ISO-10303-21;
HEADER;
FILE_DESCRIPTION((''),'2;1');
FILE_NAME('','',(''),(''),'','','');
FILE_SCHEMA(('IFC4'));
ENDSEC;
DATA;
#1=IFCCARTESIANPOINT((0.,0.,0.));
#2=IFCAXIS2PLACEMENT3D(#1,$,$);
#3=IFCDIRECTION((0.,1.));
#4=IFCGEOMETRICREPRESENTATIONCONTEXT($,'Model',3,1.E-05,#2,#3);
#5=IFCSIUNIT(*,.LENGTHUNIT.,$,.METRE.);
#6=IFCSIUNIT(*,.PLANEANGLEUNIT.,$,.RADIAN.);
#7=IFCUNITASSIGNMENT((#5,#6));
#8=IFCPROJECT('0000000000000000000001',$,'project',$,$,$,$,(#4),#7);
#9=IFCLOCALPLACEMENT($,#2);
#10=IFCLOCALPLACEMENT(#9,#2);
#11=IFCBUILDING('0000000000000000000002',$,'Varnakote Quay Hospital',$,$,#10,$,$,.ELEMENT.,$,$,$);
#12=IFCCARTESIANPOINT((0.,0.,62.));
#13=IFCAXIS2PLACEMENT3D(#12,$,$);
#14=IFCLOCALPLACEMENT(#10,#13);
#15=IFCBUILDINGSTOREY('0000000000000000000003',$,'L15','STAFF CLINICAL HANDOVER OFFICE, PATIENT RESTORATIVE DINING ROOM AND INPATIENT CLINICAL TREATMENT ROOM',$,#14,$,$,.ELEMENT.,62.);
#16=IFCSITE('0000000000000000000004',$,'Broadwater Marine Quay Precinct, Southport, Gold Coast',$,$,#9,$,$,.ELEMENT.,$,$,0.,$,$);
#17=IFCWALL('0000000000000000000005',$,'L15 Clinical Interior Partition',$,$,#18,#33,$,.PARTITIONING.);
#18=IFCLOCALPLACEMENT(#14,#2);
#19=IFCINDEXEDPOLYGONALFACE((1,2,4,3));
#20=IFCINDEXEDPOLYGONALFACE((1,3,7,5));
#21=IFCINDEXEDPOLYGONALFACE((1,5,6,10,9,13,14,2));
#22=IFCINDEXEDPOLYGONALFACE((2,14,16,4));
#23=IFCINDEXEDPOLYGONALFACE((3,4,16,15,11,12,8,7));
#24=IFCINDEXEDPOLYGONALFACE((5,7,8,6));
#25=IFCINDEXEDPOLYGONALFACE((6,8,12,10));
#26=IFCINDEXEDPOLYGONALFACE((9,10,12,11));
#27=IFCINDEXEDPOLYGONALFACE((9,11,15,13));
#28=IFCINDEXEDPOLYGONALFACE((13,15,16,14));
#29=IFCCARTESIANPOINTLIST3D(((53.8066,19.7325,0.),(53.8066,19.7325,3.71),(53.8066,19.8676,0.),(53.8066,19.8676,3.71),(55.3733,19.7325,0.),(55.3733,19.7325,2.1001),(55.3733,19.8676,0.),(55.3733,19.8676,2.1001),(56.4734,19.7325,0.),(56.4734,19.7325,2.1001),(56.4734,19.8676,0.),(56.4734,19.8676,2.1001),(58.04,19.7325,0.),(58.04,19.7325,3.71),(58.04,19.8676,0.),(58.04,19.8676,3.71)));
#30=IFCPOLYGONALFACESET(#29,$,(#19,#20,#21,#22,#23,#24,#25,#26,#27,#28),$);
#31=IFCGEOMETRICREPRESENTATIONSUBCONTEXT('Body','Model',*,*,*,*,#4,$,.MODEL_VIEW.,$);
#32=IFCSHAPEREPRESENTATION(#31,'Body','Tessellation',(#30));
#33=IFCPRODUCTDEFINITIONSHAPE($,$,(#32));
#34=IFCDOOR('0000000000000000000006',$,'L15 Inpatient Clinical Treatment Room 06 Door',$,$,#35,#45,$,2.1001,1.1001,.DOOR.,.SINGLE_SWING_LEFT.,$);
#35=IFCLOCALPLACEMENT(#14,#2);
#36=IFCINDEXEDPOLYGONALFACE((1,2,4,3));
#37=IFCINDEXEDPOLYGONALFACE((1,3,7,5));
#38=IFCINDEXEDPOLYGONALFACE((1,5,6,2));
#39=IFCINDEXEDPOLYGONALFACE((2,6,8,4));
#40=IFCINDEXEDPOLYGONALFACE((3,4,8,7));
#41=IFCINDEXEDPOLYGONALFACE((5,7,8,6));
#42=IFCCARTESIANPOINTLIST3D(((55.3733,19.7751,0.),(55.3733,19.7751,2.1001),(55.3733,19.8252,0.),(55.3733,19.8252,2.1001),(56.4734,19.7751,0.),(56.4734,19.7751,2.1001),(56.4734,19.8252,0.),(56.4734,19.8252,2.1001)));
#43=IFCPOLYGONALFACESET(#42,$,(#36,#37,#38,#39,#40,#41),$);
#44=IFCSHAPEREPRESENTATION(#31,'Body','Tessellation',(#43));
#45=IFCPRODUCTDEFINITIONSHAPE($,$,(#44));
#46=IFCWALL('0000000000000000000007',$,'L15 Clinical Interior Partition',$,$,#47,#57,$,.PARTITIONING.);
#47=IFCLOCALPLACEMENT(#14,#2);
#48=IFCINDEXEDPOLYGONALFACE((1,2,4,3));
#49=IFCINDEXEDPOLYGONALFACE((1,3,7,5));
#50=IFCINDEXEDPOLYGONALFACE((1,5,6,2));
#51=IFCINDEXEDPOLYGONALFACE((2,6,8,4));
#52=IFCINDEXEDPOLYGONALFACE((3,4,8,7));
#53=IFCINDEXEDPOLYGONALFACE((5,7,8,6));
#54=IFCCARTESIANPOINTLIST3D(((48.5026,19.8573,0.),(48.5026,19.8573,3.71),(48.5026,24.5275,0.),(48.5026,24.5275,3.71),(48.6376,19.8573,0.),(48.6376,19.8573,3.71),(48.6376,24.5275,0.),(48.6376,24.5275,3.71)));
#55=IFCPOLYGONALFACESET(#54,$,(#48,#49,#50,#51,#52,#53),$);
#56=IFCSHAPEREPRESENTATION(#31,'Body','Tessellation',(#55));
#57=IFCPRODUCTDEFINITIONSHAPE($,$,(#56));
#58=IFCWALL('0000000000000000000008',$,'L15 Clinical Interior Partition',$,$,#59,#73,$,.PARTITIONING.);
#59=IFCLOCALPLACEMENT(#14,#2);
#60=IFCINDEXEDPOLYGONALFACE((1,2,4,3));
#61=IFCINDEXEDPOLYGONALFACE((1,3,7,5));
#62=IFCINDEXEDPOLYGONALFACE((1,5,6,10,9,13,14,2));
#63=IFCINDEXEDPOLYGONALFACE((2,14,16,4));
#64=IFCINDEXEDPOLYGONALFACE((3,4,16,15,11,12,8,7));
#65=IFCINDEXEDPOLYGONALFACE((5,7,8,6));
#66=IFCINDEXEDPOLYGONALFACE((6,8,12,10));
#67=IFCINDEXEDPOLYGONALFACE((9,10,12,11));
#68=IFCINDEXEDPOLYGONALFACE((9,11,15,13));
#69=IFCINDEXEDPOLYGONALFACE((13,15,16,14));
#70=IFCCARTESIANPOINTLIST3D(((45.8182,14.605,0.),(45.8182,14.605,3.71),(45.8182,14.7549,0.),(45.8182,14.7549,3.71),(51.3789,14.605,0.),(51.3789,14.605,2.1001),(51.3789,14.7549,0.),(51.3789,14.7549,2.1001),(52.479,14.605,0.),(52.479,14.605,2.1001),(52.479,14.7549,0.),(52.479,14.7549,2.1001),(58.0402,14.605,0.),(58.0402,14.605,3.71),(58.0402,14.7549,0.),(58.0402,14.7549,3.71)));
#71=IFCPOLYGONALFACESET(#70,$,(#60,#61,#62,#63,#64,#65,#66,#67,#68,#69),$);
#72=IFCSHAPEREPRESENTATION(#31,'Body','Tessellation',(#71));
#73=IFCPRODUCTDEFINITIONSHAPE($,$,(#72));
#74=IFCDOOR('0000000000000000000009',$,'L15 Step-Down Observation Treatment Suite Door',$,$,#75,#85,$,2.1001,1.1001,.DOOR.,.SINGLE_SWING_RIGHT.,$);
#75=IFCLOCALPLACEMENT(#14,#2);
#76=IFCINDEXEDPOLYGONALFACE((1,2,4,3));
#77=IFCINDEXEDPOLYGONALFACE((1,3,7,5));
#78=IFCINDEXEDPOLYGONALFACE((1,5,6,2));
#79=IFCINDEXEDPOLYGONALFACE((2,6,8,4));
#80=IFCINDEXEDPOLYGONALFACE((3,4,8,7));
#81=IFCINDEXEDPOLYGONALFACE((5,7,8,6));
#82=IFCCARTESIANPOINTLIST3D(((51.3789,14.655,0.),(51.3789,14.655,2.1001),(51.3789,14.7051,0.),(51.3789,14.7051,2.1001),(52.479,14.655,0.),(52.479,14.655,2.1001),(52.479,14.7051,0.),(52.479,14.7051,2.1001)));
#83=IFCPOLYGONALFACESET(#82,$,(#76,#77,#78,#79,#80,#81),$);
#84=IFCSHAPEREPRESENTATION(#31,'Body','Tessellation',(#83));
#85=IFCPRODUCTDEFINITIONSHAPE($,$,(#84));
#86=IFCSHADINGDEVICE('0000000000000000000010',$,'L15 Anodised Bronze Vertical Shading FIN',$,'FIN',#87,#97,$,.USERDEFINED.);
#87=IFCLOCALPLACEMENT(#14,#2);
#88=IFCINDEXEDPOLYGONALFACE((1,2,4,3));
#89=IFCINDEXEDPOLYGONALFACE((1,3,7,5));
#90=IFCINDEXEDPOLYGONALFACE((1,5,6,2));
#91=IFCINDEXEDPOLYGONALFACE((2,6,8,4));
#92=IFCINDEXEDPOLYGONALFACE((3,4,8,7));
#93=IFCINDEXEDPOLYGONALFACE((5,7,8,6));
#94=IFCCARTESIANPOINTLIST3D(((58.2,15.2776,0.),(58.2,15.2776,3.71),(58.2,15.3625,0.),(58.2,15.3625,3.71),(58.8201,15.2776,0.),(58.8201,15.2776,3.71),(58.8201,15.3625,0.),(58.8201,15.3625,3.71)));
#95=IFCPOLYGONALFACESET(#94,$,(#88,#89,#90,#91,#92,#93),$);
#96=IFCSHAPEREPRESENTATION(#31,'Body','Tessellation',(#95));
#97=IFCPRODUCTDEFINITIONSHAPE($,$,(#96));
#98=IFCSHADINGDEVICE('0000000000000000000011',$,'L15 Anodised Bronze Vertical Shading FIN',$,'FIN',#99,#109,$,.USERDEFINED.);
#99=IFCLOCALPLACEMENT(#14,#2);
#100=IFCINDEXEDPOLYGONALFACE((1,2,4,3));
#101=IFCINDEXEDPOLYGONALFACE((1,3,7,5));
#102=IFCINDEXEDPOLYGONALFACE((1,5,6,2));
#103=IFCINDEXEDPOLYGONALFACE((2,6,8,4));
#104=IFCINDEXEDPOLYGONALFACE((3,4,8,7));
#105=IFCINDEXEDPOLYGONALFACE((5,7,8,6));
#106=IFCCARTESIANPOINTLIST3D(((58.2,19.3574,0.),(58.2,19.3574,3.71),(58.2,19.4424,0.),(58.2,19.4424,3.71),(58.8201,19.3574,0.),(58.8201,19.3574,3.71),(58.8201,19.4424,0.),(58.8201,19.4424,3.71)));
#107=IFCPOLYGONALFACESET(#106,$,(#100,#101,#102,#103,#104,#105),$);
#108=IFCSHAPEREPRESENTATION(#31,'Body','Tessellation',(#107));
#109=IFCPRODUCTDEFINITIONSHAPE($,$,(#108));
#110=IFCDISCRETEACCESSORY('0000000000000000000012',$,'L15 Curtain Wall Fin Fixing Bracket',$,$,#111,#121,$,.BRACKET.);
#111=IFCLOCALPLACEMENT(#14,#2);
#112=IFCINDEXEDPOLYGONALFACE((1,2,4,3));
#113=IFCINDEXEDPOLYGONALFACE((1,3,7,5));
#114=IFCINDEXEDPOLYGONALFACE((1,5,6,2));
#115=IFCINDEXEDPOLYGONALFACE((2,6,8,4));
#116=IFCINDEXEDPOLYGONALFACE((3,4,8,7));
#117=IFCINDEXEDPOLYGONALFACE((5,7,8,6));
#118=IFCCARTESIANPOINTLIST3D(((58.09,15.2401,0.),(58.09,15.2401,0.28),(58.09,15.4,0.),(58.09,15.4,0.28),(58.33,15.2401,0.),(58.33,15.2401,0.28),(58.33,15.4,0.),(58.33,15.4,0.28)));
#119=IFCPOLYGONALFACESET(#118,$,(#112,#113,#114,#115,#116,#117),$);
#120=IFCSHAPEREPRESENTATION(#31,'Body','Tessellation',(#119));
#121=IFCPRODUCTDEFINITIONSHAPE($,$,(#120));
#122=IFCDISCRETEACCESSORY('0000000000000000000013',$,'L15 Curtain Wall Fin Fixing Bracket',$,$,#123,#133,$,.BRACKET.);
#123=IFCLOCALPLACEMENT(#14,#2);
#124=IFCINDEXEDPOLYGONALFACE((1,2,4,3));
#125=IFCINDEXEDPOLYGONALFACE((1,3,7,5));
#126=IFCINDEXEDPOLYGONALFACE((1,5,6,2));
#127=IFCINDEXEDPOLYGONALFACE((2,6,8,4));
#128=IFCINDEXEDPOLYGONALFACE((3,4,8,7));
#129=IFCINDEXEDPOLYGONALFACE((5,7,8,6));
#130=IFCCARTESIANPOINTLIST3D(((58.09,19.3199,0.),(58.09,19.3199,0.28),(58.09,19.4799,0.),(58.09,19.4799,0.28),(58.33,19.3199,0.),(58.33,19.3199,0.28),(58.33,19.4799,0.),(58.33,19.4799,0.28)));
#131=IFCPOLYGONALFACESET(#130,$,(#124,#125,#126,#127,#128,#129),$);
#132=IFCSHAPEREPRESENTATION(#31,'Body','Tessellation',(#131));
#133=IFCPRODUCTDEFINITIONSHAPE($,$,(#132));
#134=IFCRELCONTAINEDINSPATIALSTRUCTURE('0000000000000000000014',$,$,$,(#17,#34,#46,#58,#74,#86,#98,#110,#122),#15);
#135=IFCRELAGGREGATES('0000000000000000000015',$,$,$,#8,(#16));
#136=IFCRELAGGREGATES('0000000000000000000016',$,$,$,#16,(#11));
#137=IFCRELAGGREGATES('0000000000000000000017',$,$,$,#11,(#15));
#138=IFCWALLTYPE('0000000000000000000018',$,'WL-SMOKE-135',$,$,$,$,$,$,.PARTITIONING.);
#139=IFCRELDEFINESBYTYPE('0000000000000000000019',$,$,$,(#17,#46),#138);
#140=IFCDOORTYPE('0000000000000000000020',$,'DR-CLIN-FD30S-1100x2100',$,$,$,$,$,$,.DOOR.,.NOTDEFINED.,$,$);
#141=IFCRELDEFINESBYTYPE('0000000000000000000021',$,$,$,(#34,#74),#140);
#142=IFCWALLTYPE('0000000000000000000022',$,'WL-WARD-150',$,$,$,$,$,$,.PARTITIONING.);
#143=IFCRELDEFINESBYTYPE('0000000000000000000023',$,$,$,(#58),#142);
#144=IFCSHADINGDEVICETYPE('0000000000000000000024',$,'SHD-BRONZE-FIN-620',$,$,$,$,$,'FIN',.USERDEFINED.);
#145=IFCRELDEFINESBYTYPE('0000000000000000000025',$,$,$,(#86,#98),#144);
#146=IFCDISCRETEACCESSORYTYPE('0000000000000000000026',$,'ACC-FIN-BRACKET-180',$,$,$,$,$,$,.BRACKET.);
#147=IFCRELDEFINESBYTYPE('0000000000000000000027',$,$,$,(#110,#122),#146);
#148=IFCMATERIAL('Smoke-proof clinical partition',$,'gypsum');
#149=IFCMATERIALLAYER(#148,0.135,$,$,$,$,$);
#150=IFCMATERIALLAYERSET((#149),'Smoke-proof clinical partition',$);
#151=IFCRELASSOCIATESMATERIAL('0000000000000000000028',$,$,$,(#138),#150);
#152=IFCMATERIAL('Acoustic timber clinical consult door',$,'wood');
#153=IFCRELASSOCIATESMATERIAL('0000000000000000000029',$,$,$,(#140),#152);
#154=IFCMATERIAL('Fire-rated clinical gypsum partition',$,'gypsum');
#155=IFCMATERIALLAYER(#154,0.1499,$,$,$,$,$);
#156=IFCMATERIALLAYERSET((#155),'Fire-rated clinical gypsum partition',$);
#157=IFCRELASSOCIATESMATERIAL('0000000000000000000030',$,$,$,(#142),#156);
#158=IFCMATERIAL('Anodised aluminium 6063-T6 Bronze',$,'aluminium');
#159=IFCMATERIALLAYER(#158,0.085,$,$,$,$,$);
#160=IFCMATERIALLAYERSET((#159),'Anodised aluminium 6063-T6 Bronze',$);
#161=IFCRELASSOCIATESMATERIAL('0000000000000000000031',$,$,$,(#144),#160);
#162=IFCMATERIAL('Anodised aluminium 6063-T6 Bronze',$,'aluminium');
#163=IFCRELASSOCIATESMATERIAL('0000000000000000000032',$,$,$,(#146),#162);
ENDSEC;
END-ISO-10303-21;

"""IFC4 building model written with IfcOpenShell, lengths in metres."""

from ifc_helpers import new_model, si_unit, direction, frame, frame_2d, origin, origin_2d, place, context, subcontext, project, spatial, rectangle, extrude, material, layer, layer_set, type_object, element, fill, save


model = new_model("IFC4")

# Units and contexts
model_context = context("Model", 3, precision=1e-05, world=origin(), true_north=direction((0.0, 1.0)))
body_context = subcontext(model_context, "Body", "Model", "MODEL_VIEW")
ifc_project = project(units=[si_unit("LENGTHUNIT", "METRE"), si_unit("PLANEANGLEUNIT", "RADIAN")], contexts=[model_context])

# Site, building, storey
site_placement = place(None, origin())
site = spatial("IfcSite", under=ifc_project, at=site_placement, Name="Broadwater Marine Quay Precinct, Southport, Gold Coast", CompositionType="ELEMENT", RefElevation=0.0)
building_placement = place(site_placement, origin())
building = spatial("IfcBuilding", under=site, at=building_placement, Name="Varnakote Quay Hospital", CompositionType="ELEMENT")
storey_placement = place(building_placement, frame((0.0, 0.0, 62.0)))
storey = spatial("IfcBuildingStorey", under=building, at=storey_placement, Name="L15", Description="STAFF CLINICAL HANDOVER OFFICE, PATIENT RESTORATIVE DINING ROOM AND INPATIENT CLINICAL TREATMENT ROOM", CompositionType="ELEMENT", Elevation=62.0)

# Shared definitions
ifc_material_1 = material(Name="Smoke-proof clinical partition", Category="gypsum")
ifc_layer_1 = layer(ifc_material_1, 0.135)
ifc_layer_set_1 = layer_set([ifc_layer_1], Name="Smoke-proof clinical partition")
wall_type_1 = type_object("IfcWallType", Name="WL-SMOKE-135", PredefinedType="PARTITIONING", material=ifc_layer_set_1)

# Wall, opening, door
ifc_material_2 = material(Name="Acoustic timber clinical consult door", Category="wood")
door_type = type_object("IfcDoorType", Name="DR-CLIN-FD30S-1100x2100", OperationType="NOTDEFINED", PredefinedType="DOOR", material=ifc_material_2)
wall_1_placement = place(storey_placement, frame((58.04, 19.8, 0.0), z_axis=(0.0, 0.0, 1.0), x_axis=(-1.0, 0.0, 0.0)))
wall_1 = element("IfcWall", 1, at=wall_1_placement, inside=storey, type_object=wall_type_1, Name="L15 Clinical Interior Partition", PredefinedType="PARTITIONING", context=body_context, shape_type="SweptSolid", body=[
    extrude(rectangle(XDim=4.2334, YDim=0.135, at=frame_2d((2.1167, 0.0))), origin(), (0.0, 0.0, 1.0), 3.71),
])
opening_1_placement = place(wall_1_placement, frame((1.5667, 0.0, 0.0)))
opening_1 = element("IfcOpeningElement", 2, at=opening_1_placement, cuts=wall_1, PredefinedType="OPENING", context=body_context, shape_type="SweptSolid", body=[
    extrude(rectangle(XDim=1.1001, YDim=2.1001, at=frame_2d((0.55, 1.05))), frame((0.0, 0.0774, 0.0), z_axis=(0.0, -1.0, 0.0), x_axis=(1.0, 0.0, 0.0)), (0.0, 0.0, 1.0), 0.155),
])
door_1_placement = place(opening_1_placement, origin())
door_1 = element("IfcDoor", 3, at=door_1_placement, inside=storey, type_object=door_type, Name="L15 Inpatient Clinical Treatment Room 06 Door", OperationType="SINGLE_SWING_LEFT", OverallHeight=2.1001, OverallWidth=1.1001, PredefinedType="DOOR", context=body_context, shape_type="SweptSolid", body=[
    extrude(rectangle(XDim=1.1001, YDim=2.1001, at=frame_2d((0.55, 1.05))), frame((0.0, 0.0249, 0.0), z_axis=(0.0, -1.0, 0.0), x_axis=(1.0, 0.0, 0.0)), (0.0, 0.0, 1.0), 0.05),
])
fill(opening_1, door_1)

# Wall
wall_2_placement = place(storey_placement, frame((48.5701, 19.8574, 0.0), z_axis=(0.0, 0.0, 1.0), x_axis=(0.0, 1.0, 0.0)))
element("IfcWall", 4, at=wall_2_placement, inside=storey, type_object=wall_type_1, Name="L15 Clinical Interior Partition", PredefinedType="PARTITIONING", context=body_context, shape_type="SweptSolid", body=[
    extrude(rectangle(XDim=4.6702, YDim=0.135, at=frame_2d((2.335, 0.0))), origin(), (0.0, 0.0, 1.0), 3.71),
])

# Wall, opening, door
ifc_material_3 = material(Name="Fire-rated clinical gypsum partition", Category="gypsum")
ifc_layer_2 = layer(ifc_material_3, 0.1499)
ifc_layer_set_2 = layer_set([ifc_layer_2], Name="Fire-rated clinical gypsum partition")
wall_type_2 = type_object("IfcWallType", Name="WL-WARD-150", PredefinedType="PARTITIONING", material=ifc_layer_set_2)
wall_3_placement = place(storey_placement, frame((58.04, 14.6799, 0.0), z_axis=(0.0, 0.0, 1.0), x_axis=(-1.0, 0.0, 0.0)))
wall_3 = element("IfcWall", 5, at=wall_3_placement, inside=storey, type_object=wall_type_2, Name="L15 Clinical Interior Partition", PredefinedType="PARTITIONING", context=body_context, shape_type="SweptSolid", body=[
    extrude(rectangle(XDim=12.2219, YDim=0.1499, at=frame_2d((6.1108, 0.0))), origin(), (0.0, 0.0, 1.0), 3.71),
])
opening_2_placement = place(wall_3_placement, frame((5.561, 0.0, 0.0)))
opening_2 = element("IfcOpeningElement", 6, at=opening_2_placement, cuts=wall_3, PredefinedType="OPENING", context=body_context, shape_type="SweptSolid", body=[
    extrude(rectangle(XDim=1.1001, YDim=2.1001, at=frame_2d((0.55, 1.05))), frame((0.0, 0.085, 0.0), z_axis=(0.0, -1.0, 0.0), x_axis=(1.0, 0.0, 0.0)), (0.0, 0.0, 1.0), 0.1699),
])
door_2_placement = place(opening_2_placement, origin())
door_2 = element("IfcDoor", 7, at=door_2_placement, inside=storey, type_object=door_type, Name="L15 Step-Down Observation Treatment Suite Door", OperationType="SINGLE_SWING_RIGHT", OverallHeight=2.1001, OverallWidth=1.1001, PredefinedType="DOOR", context=body_context, shape_type="SweptSolid", body=[
    extrude(rectangle(XDim=1.1001, YDim=2.1001, at=frame_2d((0.55, 1.05))), frame((0.0, 0.0249, 0.0), z_axis=(0.0, -1.0, 0.0), x_axis=(1.0, 0.0, 0.0)), (0.0, 0.0, 1.0), 0.05),
])
fill(opening_2, door_2)

# Shading devices
ifc_material_4 = material(Name="Anodised aluminium 6063-T6 Bronze", Category="aluminium")
ifc_layer_3 = layer(ifc_material_4, 0.085)
ifc_layer_set_3 = layer_set([ifc_layer_3], Name="Anodised aluminium 6063-T6 Bronze")
shading_device_type = type_object("IfcShadingDeviceType", Name="SHD-BRONZE-FIN-620", ElementType="FIN", PredefinedType="USERDEFINED", material=ifc_layer_set_3)
for number, where, z_axis, x_axis, name in (
    (8, (58.51, 15.3201, 0.0), (0.0, 0.0, 1.0), (-1.0, 0.0, 0.0), "L15 Anodised Bronze Vertical Shading FIN"),
    (9, (58.51, 19.3999, 0.0), (0.0, 0.0, 1.0), (-1.0, 0.0, 0.0), "L15 Anodised Bronze Vertical Shading FIN"),
):
    element("IfcShadingDevice", number, at=place(storey_placement, frame(where, z_axis=z_axis, x_axis=x_axis)), inside=storey, type_object=shading_device_type, Name=name, ObjectType="FIN", PredefinedType="USERDEFINED", context=body_context, shape_type="SweptSolid", body=[
        extrude(rectangle(XDim=0.6201, YDim=0.085, at=origin_2d()), origin(), (0.0, 0.0, 1.0), 3.71),
    ])

# Discrete accessories
ifc_material_5 = material(Name="Anodised aluminium 6063-T6 Bronze", Category="aluminium")
discrete_accessory_type = type_object("IfcDiscreteAccessoryType", Name="ACC-FIN-BRACKET-180", PredefinedType="BRACKET", material=ifc_material_5)
for number, where, z_axis, x_axis, name in (
    (10, (58.21, 15.3201, 0.0), (0.0, 0.0, 1.0), (0.0, 1.0, 0.0), "L15 Curtain Wall Fin Fixing Bracket"),
    (11, (58.21, 19.3999, 0.0), (0.0, 0.0, 1.0), (0.0, 1.0, 0.0), "L15 Curtain Wall Fin Fixing Bracket"),
):
    element("IfcDiscreteAccessory", number, at=place(storey_placement, frame(where, z_axis=z_axis, x_axis=x_axis)), inside=storey, type_object=discrete_accessory_type, Name=name, PredefinedType="BRACKET", context=body_context, shape_type="SweptSolid", body=[
        extrude(rectangle(XDim=0.1599, YDim=0.24, at=origin_2d()), origin(), (0.0, 0.0, 1.0), 0.28),
    ])

save(model, "model.ifc")
